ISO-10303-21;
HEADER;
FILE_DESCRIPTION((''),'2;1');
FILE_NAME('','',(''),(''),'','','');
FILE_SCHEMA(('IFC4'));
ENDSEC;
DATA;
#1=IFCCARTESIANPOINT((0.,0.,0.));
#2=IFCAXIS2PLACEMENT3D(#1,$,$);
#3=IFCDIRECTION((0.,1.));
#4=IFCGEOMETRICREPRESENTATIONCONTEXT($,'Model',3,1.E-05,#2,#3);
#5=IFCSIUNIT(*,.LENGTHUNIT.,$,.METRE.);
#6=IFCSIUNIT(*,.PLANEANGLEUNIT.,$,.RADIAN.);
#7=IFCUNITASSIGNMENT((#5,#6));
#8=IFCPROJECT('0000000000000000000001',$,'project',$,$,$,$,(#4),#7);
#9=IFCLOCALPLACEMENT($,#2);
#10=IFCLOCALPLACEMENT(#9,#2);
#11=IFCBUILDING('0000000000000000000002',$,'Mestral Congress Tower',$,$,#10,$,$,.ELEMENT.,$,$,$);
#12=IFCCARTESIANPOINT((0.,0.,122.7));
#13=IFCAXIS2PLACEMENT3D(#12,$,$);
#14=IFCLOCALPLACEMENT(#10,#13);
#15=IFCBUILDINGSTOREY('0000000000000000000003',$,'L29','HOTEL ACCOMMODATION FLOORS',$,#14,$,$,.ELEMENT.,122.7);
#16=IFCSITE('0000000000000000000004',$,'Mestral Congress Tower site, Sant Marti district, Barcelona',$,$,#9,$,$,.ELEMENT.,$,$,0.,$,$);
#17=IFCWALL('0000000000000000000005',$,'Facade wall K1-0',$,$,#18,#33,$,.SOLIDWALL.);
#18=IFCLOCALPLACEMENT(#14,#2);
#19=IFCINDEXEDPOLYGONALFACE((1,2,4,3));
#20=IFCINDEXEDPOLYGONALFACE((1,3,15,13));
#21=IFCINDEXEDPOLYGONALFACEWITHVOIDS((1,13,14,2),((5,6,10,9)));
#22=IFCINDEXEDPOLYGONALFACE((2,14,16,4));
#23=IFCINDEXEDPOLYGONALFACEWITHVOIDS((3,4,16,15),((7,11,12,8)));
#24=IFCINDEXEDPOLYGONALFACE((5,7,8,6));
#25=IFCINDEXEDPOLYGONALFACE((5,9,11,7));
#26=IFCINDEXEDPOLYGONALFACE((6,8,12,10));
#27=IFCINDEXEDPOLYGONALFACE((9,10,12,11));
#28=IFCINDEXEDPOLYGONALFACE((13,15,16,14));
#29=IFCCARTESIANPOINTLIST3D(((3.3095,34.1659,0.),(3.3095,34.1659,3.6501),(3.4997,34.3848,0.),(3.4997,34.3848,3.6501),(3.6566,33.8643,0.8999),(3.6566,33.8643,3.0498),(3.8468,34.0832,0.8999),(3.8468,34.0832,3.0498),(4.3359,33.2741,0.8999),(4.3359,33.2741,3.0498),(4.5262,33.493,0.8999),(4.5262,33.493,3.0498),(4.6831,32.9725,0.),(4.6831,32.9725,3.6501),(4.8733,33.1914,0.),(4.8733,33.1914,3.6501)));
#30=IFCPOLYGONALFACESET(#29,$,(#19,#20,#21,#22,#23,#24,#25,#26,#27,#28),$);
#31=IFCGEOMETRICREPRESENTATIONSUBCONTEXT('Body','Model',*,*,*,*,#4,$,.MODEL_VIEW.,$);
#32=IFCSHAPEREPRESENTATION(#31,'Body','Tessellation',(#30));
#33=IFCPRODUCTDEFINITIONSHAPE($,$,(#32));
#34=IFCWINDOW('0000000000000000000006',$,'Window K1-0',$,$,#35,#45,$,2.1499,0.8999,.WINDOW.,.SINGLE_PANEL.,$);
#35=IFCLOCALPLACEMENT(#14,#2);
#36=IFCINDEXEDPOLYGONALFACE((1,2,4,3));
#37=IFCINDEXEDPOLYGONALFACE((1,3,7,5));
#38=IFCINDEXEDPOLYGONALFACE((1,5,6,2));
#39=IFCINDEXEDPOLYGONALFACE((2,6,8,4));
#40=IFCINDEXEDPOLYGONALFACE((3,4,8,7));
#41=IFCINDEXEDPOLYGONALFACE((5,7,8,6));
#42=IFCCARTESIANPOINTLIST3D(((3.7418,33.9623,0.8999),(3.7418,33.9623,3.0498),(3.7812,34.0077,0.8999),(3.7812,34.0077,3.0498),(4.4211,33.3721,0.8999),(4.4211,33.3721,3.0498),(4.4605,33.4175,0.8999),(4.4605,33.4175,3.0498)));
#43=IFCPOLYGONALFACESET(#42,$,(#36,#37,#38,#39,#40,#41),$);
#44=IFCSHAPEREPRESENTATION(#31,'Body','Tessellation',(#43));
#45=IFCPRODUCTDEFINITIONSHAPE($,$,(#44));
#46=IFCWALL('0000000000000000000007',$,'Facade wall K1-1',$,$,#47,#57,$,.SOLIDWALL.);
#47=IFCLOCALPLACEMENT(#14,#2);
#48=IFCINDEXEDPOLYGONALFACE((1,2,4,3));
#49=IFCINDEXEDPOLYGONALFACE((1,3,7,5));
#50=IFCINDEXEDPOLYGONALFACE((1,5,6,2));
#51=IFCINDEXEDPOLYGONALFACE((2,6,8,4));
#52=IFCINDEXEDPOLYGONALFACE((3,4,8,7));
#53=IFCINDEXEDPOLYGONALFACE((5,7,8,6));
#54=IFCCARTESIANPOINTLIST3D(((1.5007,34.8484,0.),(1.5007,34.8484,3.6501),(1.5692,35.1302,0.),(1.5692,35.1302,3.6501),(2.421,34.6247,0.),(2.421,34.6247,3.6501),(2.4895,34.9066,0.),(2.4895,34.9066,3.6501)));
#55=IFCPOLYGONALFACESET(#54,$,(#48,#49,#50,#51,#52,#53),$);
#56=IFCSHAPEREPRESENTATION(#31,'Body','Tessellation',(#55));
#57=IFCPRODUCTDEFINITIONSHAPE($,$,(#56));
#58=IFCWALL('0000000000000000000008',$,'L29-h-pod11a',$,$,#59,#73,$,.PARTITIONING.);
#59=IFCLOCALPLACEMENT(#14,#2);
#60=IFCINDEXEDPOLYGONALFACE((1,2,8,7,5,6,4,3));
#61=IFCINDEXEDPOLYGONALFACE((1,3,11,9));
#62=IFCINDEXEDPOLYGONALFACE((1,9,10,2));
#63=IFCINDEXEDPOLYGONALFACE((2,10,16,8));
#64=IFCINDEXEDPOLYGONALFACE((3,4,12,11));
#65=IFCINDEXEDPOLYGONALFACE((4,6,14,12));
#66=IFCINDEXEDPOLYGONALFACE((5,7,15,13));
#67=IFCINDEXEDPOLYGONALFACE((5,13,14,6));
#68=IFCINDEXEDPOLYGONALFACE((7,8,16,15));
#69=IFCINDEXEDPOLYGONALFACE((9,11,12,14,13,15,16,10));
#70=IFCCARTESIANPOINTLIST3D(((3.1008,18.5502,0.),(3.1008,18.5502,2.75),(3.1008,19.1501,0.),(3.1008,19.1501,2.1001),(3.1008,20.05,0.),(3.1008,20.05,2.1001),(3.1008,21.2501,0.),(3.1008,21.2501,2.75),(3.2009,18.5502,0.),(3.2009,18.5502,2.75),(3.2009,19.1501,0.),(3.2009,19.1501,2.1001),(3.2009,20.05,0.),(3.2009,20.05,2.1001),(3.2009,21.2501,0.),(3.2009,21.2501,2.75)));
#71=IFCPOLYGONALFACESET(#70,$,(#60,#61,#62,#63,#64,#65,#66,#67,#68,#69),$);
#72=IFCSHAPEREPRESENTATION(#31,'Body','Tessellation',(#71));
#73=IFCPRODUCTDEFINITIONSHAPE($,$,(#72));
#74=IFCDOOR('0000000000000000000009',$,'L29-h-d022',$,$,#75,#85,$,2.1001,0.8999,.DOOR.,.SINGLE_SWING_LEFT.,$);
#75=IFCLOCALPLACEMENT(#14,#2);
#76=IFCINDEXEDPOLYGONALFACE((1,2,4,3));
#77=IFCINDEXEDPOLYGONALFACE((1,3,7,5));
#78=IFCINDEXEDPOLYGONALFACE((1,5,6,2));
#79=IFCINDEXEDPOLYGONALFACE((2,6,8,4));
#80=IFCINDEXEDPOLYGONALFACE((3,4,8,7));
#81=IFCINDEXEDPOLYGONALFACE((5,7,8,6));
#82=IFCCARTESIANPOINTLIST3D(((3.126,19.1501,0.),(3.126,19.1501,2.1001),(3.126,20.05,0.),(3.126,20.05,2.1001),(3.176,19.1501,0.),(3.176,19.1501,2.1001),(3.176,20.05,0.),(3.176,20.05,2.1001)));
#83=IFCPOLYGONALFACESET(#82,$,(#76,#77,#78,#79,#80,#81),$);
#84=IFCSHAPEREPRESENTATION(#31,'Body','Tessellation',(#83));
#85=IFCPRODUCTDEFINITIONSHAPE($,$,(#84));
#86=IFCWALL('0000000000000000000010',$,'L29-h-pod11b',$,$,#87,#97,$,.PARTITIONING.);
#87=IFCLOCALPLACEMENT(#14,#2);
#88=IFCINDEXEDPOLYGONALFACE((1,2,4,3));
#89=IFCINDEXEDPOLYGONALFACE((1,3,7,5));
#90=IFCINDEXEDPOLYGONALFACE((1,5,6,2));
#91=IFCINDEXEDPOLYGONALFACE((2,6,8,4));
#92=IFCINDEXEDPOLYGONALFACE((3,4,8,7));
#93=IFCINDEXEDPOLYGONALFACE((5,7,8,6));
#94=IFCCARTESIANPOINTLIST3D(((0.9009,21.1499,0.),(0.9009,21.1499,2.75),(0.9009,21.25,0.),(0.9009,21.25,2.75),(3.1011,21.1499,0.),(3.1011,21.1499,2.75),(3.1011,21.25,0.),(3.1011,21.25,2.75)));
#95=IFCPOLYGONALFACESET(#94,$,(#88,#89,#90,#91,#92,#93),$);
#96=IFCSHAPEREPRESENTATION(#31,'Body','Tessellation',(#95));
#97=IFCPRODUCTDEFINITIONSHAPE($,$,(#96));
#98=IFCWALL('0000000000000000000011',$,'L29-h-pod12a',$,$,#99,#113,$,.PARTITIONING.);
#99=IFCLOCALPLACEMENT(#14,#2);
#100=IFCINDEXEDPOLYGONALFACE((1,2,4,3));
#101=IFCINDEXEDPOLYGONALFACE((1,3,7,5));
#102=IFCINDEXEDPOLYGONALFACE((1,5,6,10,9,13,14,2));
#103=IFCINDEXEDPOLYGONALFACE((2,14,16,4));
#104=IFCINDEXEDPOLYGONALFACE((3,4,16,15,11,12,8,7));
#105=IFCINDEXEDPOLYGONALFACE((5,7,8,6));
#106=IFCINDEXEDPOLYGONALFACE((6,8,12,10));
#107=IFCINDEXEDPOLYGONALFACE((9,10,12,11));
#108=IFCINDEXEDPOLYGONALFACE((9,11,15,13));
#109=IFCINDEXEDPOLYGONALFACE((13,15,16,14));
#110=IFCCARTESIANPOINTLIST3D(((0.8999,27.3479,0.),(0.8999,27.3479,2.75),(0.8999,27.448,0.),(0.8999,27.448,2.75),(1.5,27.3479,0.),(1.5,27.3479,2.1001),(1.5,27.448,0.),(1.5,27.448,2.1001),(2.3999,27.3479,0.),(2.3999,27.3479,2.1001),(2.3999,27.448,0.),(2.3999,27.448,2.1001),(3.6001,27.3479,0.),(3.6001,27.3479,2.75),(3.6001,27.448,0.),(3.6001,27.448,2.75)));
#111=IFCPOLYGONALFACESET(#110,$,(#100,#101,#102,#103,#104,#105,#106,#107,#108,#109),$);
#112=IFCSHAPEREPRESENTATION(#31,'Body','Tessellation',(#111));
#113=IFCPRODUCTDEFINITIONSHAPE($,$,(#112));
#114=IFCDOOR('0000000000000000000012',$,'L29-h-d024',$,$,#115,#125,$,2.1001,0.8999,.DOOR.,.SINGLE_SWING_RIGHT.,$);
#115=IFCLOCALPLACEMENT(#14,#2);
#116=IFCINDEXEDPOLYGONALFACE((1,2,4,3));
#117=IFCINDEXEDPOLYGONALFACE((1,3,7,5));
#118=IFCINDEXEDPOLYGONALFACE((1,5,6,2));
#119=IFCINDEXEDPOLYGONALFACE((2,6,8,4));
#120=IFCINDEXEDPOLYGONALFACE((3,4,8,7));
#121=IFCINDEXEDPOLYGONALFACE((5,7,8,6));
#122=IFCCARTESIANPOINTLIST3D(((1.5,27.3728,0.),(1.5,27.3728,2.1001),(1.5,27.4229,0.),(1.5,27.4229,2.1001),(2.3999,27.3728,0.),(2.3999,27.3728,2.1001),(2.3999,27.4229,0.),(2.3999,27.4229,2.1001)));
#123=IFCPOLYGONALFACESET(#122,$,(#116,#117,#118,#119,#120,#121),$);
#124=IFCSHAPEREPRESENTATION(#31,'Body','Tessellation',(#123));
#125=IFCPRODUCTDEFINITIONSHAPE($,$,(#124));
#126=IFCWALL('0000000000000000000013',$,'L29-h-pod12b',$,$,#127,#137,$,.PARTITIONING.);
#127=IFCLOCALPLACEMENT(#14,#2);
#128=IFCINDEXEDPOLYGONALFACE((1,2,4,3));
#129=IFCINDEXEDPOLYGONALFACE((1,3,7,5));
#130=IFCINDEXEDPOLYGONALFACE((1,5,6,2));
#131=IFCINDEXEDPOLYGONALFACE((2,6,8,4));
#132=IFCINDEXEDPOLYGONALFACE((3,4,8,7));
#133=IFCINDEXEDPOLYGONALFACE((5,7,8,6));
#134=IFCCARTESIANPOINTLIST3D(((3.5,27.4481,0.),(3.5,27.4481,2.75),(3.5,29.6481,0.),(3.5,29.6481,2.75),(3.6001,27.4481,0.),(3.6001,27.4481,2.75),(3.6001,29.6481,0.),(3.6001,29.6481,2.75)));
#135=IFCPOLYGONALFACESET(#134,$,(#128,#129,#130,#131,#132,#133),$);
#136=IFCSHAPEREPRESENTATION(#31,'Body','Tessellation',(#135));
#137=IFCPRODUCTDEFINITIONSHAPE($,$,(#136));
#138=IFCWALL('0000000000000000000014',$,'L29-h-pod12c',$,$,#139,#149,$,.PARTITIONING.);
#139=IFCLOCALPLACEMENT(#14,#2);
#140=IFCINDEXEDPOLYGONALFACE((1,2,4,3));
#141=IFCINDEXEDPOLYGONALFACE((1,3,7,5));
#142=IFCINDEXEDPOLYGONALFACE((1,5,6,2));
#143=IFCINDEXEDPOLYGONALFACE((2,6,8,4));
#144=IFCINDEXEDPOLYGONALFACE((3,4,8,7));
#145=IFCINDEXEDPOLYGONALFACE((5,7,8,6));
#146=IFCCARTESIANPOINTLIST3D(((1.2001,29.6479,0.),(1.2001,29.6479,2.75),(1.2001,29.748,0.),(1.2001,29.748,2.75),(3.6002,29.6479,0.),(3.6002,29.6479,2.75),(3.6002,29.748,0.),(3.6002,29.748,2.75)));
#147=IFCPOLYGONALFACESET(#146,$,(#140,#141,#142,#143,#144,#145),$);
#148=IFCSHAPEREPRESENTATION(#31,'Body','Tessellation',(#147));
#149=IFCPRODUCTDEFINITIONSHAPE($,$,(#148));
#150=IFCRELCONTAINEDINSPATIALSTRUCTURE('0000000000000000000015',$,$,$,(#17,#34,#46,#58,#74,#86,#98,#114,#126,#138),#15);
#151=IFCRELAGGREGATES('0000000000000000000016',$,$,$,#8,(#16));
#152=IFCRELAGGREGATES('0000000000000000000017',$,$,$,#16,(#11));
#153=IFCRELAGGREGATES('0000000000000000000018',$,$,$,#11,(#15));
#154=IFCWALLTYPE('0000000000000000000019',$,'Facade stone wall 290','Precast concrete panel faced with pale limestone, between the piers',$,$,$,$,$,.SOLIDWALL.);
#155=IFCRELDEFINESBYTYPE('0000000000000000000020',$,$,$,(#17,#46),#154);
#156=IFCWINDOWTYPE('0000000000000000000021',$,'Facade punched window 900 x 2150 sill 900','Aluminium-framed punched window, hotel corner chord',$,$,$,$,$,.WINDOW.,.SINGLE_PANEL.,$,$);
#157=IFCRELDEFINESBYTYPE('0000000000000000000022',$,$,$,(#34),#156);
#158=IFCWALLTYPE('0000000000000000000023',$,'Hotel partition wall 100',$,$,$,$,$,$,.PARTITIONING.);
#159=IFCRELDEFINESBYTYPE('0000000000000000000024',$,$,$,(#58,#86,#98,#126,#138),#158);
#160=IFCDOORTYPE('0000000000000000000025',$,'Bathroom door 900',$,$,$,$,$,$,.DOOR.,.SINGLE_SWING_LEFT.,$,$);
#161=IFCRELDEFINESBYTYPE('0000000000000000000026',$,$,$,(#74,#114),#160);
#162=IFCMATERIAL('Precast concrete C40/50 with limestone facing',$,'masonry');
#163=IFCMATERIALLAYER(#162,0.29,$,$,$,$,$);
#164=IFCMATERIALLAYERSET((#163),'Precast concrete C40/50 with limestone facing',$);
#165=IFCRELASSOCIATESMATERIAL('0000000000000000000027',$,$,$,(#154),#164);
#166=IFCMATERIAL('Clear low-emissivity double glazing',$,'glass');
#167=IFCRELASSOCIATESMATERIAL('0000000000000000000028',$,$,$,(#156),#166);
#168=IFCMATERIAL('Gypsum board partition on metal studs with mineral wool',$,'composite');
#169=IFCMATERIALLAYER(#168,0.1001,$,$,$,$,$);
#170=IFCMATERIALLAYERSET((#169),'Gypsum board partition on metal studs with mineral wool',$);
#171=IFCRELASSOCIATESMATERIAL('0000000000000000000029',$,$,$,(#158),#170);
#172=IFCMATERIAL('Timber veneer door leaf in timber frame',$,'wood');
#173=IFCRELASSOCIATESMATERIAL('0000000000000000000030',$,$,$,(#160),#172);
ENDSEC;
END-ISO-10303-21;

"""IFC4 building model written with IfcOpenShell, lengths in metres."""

from ifc_helpers import new_model, si_unit, direction, frame, frame_2d, origin, place, context, subcontext, project, spatial, rectangle, extrude, material, layer, layer_set, type_object, element, fill, save


model = new_model("IFC4")

# Units and contexts
model_context = context("Model", 3, precision=1e-05, world=origin(), true_north=direction((0.0, 1.0)))
body_context = subcontext(model_context, "Body", "Model", "MODEL_VIEW")
ifc_project = project(units=[si_unit("LENGTHUNIT", "METRE"), si_unit("PLANEANGLEUNIT", "RADIAN")], contexts=[model_context])

# Site, building, storey
site_placement = place(None, origin())
site = spatial("IfcSite", under=ifc_project, at=site_placement, Name="Mestral Congress Tower site, Sant Marti district, Barcelona", CompositionType="ELEMENT", RefElevation=0.0)
building_placement = place(site_placement, origin())
building = spatial("IfcBuilding", under=site, at=building_placement, Name="Mestral Congress Tower", CompositionType="ELEMENT")
storey_placement = place(building_placement, frame((0.0, 0.0, 122.7)))
storey = spatial("IfcBuildingStorey", under=building, at=storey_placement, Name="L29", Description="HOTEL ACCOMMODATION FLOORS", CompositionType="ELEMENT", Elevation=122.7)

# Shared definitions
ifc_material_1 = material(Name="Precast concrete C40/50 with limestone facing", Category="masonry")
ifc_layer_1 = layer(ifc_material_1, 0.29)
ifc_layer_set_1 = layer_set([ifc_layer_1], Name="Precast concrete C40/50 with limestone facing")
wall_type_1 = type_object("IfcWallType", Name="Facade stone wall 290", Description="Precast concrete panel faced with pale limestone, between the piers", PredefinedType="SOLIDWALL", material=ifc_layer_set_1)
ifc_material_2 = material(Name="Clear low-emissivity double glazing", Category="glass")

# Wall, opening, window
wall_1_placement = place(storey_placement, frame((4.7781, 33.082, 0.0), z_axis=(0.0, 0.0, 1.0), x_axis=(-0.754883, 0.65586, 0.0)))
wall_1 = element("IfcWall", 1, at=wall_1_placement, inside=storey, type_object=wall_type_1, Name="Facade wall K1-0", PredefinedType="SOLIDWALL", context=body_context, shape_type="SweptSolid", body=[
    extrude(rectangle(XDim=1.8196, YDim=0.29, at=frame_2d((0.9097, 0.0))), origin(), (0.0, 0.0, 1.0), 3.6501),
])
opening_1_placement = place(wall_1_placement, frame((0.4597, 0.0, 0.8999)))
opening_1 = element("IfcOpeningElement", 2, at=opening_1_placement, cuts=wall_1, PredefinedType="OPENING", context=body_context, shape_type="SweptSolid", body=[
    extrude(rectangle(XDim=0.8999, YDim=2.1499, at=frame_2d((0.45, 1.075))), frame((0.0, 0.155, 0.0), z_axis=(0.0, -1.0, 0.0), x_axis=(1.0, 0.0, 0.0)), (0.0, 0.0, 1.0), 0.3101),
])
window_type_1 = type_object("IfcWindowType", Name="Facade punched window 900 x 2150 sill 900", Description="Aluminium-framed punched window, hotel corner chord", PartitioningType="SINGLE_PANEL", PredefinedType="WINDOW", material=ifc_material_2)
window_1_placement = place(opening_1_placement, origin())
window_1 = element("IfcWindow", 3, at=window_1_placement, inside=storey, type_object=window_type_1, Name="Window K1-0", OverallHeight=2.1499, OverallWidth=0.8999, PartitioningType="SINGLE_PANEL", PredefinedType="WINDOW", context=body_context, shape_type="SweptSolid", body=[
    extrude(rectangle(XDim=0.8999, YDim=2.1499, at=frame_2d((0.45, 1.075))), frame((0.0, 0.0151, 0.0), z_axis=(0.0, -1.0, 0.0), x_axis=(1.0, 0.0, 0.0)), (0.0, 0.0, 1.0), 0.0601),
])
fill(opening_1, window_1)

# Wall
wall_2_placement = place(storey_placement, frame((2.4553, 34.7656, 0.0), z_axis=(0.0, 0.0, 1.0), x_axis=(-0.971714, 0.236161, 0.0)))
element("IfcWall", 4, at=wall_2_placement, inside=storey, type_object=wall_type_1, Name="Facade wall K1-1", PredefinedType="SOLIDWALL", context=body_context, shape_type="SweptSolid", body=[
    extrude(rectangle(XDim=0.947, YDim=0.29, at=frame_2d((0.4736, 0.0))), origin(), (0.0, 0.0, 1.0), 3.6501),
])

# Wall, opening, door
ifc_material_3 = material(Name="Gypsum board partition on metal studs with mineral wool", Category="composite")
ifc_layer_2 = layer(ifc_material_3, 0.1001)
ifc_layer_set_2 = layer_set([ifc_layer_2], Name="Gypsum board partition on metal studs with mineral wool")
wall_type_2 = type_object("IfcWallType", Name="Hotel partition wall 100", PredefinedType="PARTITIONING", material=ifc_layer_set_2)
wall_3_placement = place(storey_placement, frame((3.1509, 18.55, 0.0), z_axis=(0.0, 0.0, 1.0), x_axis=(0.0, 1.0, 0.0)))
wall_3 = element("IfcWall", 5, at=wall_3_placement, inside=storey, type_object=wall_type_2, Name="L29-h-pod11a", PredefinedType="PARTITIONING", context=body_context, shape_type="SweptSolid", body=[
    extrude(rectangle(XDim=2.7, YDim=0.1001, at=frame_2d((1.3501, 0.0))), origin(), (0.0, 0.0, 1.0), 2.75),
])
opening_2_placement = place(wall_3_placement, frame((0.6001, 0.0, 0.0)))
opening_2 = element("IfcOpeningElement", 6, at=opening_2_placement, cuts=wall_3, PredefinedType="OPENING", context=body_context, shape_type="SweptSolid", body=[
    extrude(rectangle(XDim=0.8999, YDim=2.1001, at=frame_2d((0.45, 1.05))), frame((0.0, 0.0601, 0.0), z_axis=(0.0, -1.0, 0.0), x_axis=(1.0, 0.0, 0.0)), (0.0, 0.0, 1.0), 0.1201),
])
ifc_material_4 = material(Name="Timber veneer door leaf in timber frame", Category="wood")
door_type_1 = type_object("IfcDoorType", Name="Bathroom door 900", OperationType="SINGLE_SWING_LEFT", PredefinedType="DOOR", material=ifc_material_4)
door_1_placement = place(opening_2_placement, origin())
door_1 = element("IfcDoor", 7, at=door_1_placement, inside=storey, type_object=door_type_1, Name="L29-h-d022", OperationType="SINGLE_SWING_LEFT", OverallHeight=2.1001, OverallWidth=0.8999, PredefinedType="DOOR", context=body_context, shape_type="SweptSolid", body=[
    extrude(rectangle(XDim=0.8999, YDim=2.1001, at=frame_2d((0.45, 1.05))), frame((0.0, 0.0249, 0.0), z_axis=(0.0, -1.0, 0.0), x_axis=(1.0, 0.0, 0.0)), (0.0, 0.0, 1.0), 0.05),
])
fill(opening_2, door_1)

# Wall
wall_4_placement = place(storey_placement, frame((3.1011, 21.2, 0.0), z_axis=(0.0, 0.0, 1.0), x_axis=(-1.0, 0.0, 0.0)))
element("IfcWall", 8, at=wall_4_placement, inside=storey, type_object=wall_type_2, Name="L29-h-pod11b", PredefinedType="PARTITIONING", context=body_context, shape_type="SweptSolid", body=[
    extrude(rectangle(XDim=2.2002, YDim=0.1001, at=frame_2d((1.1001, 0.0))), origin(), (0.0, 0.0, 1.0), 2.75),
])

# Wall, opening, door
wall_5_placement = place(storey_placement, frame((0.8999, 27.3979, 0.0), z_axis=(0.0, 0.0, 1.0), x_axis=(1.0, 0.0, 0.0)))
wall_5 = element("IfcWall", 9, at=wall_5_placement, inside=storey, type_object=wall_type_2, Name="L29-h-pod12a", PredefinedType="PARTITIONING", context=body_context, shape_type="SweptSolid", body=[
    extrude(rectangle(XDim=2.7002, YDim=0.1001, at=frame_2d((1.3501, 0.0))), origin(), (0.0, 0.0, 1.0), 2.75),
])
opening_3_placement = place(wall_5_placement, frame((0.6001, 0.0, 0.0)))
opening_3 = element("IfcOpeningElement", 10, at=opening_3_placement, cuts=wall_5, PredefinedType="OPENING", context=body_context, shape_type="SweptSolid", body=[
    extrude(rectangle(XDim=0.8999, YDim=2.1001, at=frame_2d((0.45, 1.05))), frame((0.0, 0.0601, 0.0), z_axis=(0.0, -1.0, 0.0), x_axis=(1.0, 0.0, 0.0)), (0.0, 0.0, 1.0), 0.1201),
])
door_2_placement = place(opening_3_placement, origin())
door_2 = element("IfcDoor", 11, at=door_2_placement, inside=storey, type_object=door_type_1, Name="L29-h-d024", OperationType="SINGLE_SWING_RIGHT", OverallHeight=2.1001, OverallWidth=0.8999, PredefinedType="DOOR", context=body_context, shape_type="SweptSolid", body=[
    extrude(rectangle(XDim=0.8999, YDim=2.1001, at=frame_2d((0.45, 1.05))), frame((0.0, 0.0249, 0.0), z_axis=(0.0, -1.0, 0.0), x_axis=(1.0, 0.0, 0.0)), (0.0, 0.0, 1.0), 0.05),
])
fill(opening_3, door_2)

# Walls
wall_6_placement = place(storey_placement, frame((3.55, 27.448, 0.0), z_axis=(0.0, 0.0, 1.0), x_axis=(0.0, 1.0, 0.0)))
element("IfcWall", 12, at=wall_6_placement, inside=storey, type_object=wall_type_2, Name="L29-h-pod12b", PredefinedType="PARTITIONING", context=body_context, shape_type="SweptSolid", body=[
    extrude(rectangle(XDim=2.2, YDim=0.1001, at=frame_2d((1.1001, 0.0))), origin(), (0.0, 0.0, 1.0), 2.75),
])
wall_7_placement = place(storey_placement, frame((1.2, 29.698, 0.0), z_axis=(0.0, 0.0, 1.0), x_axis=(1.0, 0.0, 0.0)))
element("IfcWall", 13, at=wall_7_placement, inside=storey, type_object=wall_type_2, Name="L29-h-pod12c", PredefinedType="PARTITIONING", context=body_context, shape_type="SweptSolid", body=[
    extrude(rectangle(XDim=2.4001, YDim=0.1001, at=frame_2d((1.2002, 0.0))), origin(), (0.0, 0.0, 1.0), 2.75),
])

save(model, "model.ifc")
